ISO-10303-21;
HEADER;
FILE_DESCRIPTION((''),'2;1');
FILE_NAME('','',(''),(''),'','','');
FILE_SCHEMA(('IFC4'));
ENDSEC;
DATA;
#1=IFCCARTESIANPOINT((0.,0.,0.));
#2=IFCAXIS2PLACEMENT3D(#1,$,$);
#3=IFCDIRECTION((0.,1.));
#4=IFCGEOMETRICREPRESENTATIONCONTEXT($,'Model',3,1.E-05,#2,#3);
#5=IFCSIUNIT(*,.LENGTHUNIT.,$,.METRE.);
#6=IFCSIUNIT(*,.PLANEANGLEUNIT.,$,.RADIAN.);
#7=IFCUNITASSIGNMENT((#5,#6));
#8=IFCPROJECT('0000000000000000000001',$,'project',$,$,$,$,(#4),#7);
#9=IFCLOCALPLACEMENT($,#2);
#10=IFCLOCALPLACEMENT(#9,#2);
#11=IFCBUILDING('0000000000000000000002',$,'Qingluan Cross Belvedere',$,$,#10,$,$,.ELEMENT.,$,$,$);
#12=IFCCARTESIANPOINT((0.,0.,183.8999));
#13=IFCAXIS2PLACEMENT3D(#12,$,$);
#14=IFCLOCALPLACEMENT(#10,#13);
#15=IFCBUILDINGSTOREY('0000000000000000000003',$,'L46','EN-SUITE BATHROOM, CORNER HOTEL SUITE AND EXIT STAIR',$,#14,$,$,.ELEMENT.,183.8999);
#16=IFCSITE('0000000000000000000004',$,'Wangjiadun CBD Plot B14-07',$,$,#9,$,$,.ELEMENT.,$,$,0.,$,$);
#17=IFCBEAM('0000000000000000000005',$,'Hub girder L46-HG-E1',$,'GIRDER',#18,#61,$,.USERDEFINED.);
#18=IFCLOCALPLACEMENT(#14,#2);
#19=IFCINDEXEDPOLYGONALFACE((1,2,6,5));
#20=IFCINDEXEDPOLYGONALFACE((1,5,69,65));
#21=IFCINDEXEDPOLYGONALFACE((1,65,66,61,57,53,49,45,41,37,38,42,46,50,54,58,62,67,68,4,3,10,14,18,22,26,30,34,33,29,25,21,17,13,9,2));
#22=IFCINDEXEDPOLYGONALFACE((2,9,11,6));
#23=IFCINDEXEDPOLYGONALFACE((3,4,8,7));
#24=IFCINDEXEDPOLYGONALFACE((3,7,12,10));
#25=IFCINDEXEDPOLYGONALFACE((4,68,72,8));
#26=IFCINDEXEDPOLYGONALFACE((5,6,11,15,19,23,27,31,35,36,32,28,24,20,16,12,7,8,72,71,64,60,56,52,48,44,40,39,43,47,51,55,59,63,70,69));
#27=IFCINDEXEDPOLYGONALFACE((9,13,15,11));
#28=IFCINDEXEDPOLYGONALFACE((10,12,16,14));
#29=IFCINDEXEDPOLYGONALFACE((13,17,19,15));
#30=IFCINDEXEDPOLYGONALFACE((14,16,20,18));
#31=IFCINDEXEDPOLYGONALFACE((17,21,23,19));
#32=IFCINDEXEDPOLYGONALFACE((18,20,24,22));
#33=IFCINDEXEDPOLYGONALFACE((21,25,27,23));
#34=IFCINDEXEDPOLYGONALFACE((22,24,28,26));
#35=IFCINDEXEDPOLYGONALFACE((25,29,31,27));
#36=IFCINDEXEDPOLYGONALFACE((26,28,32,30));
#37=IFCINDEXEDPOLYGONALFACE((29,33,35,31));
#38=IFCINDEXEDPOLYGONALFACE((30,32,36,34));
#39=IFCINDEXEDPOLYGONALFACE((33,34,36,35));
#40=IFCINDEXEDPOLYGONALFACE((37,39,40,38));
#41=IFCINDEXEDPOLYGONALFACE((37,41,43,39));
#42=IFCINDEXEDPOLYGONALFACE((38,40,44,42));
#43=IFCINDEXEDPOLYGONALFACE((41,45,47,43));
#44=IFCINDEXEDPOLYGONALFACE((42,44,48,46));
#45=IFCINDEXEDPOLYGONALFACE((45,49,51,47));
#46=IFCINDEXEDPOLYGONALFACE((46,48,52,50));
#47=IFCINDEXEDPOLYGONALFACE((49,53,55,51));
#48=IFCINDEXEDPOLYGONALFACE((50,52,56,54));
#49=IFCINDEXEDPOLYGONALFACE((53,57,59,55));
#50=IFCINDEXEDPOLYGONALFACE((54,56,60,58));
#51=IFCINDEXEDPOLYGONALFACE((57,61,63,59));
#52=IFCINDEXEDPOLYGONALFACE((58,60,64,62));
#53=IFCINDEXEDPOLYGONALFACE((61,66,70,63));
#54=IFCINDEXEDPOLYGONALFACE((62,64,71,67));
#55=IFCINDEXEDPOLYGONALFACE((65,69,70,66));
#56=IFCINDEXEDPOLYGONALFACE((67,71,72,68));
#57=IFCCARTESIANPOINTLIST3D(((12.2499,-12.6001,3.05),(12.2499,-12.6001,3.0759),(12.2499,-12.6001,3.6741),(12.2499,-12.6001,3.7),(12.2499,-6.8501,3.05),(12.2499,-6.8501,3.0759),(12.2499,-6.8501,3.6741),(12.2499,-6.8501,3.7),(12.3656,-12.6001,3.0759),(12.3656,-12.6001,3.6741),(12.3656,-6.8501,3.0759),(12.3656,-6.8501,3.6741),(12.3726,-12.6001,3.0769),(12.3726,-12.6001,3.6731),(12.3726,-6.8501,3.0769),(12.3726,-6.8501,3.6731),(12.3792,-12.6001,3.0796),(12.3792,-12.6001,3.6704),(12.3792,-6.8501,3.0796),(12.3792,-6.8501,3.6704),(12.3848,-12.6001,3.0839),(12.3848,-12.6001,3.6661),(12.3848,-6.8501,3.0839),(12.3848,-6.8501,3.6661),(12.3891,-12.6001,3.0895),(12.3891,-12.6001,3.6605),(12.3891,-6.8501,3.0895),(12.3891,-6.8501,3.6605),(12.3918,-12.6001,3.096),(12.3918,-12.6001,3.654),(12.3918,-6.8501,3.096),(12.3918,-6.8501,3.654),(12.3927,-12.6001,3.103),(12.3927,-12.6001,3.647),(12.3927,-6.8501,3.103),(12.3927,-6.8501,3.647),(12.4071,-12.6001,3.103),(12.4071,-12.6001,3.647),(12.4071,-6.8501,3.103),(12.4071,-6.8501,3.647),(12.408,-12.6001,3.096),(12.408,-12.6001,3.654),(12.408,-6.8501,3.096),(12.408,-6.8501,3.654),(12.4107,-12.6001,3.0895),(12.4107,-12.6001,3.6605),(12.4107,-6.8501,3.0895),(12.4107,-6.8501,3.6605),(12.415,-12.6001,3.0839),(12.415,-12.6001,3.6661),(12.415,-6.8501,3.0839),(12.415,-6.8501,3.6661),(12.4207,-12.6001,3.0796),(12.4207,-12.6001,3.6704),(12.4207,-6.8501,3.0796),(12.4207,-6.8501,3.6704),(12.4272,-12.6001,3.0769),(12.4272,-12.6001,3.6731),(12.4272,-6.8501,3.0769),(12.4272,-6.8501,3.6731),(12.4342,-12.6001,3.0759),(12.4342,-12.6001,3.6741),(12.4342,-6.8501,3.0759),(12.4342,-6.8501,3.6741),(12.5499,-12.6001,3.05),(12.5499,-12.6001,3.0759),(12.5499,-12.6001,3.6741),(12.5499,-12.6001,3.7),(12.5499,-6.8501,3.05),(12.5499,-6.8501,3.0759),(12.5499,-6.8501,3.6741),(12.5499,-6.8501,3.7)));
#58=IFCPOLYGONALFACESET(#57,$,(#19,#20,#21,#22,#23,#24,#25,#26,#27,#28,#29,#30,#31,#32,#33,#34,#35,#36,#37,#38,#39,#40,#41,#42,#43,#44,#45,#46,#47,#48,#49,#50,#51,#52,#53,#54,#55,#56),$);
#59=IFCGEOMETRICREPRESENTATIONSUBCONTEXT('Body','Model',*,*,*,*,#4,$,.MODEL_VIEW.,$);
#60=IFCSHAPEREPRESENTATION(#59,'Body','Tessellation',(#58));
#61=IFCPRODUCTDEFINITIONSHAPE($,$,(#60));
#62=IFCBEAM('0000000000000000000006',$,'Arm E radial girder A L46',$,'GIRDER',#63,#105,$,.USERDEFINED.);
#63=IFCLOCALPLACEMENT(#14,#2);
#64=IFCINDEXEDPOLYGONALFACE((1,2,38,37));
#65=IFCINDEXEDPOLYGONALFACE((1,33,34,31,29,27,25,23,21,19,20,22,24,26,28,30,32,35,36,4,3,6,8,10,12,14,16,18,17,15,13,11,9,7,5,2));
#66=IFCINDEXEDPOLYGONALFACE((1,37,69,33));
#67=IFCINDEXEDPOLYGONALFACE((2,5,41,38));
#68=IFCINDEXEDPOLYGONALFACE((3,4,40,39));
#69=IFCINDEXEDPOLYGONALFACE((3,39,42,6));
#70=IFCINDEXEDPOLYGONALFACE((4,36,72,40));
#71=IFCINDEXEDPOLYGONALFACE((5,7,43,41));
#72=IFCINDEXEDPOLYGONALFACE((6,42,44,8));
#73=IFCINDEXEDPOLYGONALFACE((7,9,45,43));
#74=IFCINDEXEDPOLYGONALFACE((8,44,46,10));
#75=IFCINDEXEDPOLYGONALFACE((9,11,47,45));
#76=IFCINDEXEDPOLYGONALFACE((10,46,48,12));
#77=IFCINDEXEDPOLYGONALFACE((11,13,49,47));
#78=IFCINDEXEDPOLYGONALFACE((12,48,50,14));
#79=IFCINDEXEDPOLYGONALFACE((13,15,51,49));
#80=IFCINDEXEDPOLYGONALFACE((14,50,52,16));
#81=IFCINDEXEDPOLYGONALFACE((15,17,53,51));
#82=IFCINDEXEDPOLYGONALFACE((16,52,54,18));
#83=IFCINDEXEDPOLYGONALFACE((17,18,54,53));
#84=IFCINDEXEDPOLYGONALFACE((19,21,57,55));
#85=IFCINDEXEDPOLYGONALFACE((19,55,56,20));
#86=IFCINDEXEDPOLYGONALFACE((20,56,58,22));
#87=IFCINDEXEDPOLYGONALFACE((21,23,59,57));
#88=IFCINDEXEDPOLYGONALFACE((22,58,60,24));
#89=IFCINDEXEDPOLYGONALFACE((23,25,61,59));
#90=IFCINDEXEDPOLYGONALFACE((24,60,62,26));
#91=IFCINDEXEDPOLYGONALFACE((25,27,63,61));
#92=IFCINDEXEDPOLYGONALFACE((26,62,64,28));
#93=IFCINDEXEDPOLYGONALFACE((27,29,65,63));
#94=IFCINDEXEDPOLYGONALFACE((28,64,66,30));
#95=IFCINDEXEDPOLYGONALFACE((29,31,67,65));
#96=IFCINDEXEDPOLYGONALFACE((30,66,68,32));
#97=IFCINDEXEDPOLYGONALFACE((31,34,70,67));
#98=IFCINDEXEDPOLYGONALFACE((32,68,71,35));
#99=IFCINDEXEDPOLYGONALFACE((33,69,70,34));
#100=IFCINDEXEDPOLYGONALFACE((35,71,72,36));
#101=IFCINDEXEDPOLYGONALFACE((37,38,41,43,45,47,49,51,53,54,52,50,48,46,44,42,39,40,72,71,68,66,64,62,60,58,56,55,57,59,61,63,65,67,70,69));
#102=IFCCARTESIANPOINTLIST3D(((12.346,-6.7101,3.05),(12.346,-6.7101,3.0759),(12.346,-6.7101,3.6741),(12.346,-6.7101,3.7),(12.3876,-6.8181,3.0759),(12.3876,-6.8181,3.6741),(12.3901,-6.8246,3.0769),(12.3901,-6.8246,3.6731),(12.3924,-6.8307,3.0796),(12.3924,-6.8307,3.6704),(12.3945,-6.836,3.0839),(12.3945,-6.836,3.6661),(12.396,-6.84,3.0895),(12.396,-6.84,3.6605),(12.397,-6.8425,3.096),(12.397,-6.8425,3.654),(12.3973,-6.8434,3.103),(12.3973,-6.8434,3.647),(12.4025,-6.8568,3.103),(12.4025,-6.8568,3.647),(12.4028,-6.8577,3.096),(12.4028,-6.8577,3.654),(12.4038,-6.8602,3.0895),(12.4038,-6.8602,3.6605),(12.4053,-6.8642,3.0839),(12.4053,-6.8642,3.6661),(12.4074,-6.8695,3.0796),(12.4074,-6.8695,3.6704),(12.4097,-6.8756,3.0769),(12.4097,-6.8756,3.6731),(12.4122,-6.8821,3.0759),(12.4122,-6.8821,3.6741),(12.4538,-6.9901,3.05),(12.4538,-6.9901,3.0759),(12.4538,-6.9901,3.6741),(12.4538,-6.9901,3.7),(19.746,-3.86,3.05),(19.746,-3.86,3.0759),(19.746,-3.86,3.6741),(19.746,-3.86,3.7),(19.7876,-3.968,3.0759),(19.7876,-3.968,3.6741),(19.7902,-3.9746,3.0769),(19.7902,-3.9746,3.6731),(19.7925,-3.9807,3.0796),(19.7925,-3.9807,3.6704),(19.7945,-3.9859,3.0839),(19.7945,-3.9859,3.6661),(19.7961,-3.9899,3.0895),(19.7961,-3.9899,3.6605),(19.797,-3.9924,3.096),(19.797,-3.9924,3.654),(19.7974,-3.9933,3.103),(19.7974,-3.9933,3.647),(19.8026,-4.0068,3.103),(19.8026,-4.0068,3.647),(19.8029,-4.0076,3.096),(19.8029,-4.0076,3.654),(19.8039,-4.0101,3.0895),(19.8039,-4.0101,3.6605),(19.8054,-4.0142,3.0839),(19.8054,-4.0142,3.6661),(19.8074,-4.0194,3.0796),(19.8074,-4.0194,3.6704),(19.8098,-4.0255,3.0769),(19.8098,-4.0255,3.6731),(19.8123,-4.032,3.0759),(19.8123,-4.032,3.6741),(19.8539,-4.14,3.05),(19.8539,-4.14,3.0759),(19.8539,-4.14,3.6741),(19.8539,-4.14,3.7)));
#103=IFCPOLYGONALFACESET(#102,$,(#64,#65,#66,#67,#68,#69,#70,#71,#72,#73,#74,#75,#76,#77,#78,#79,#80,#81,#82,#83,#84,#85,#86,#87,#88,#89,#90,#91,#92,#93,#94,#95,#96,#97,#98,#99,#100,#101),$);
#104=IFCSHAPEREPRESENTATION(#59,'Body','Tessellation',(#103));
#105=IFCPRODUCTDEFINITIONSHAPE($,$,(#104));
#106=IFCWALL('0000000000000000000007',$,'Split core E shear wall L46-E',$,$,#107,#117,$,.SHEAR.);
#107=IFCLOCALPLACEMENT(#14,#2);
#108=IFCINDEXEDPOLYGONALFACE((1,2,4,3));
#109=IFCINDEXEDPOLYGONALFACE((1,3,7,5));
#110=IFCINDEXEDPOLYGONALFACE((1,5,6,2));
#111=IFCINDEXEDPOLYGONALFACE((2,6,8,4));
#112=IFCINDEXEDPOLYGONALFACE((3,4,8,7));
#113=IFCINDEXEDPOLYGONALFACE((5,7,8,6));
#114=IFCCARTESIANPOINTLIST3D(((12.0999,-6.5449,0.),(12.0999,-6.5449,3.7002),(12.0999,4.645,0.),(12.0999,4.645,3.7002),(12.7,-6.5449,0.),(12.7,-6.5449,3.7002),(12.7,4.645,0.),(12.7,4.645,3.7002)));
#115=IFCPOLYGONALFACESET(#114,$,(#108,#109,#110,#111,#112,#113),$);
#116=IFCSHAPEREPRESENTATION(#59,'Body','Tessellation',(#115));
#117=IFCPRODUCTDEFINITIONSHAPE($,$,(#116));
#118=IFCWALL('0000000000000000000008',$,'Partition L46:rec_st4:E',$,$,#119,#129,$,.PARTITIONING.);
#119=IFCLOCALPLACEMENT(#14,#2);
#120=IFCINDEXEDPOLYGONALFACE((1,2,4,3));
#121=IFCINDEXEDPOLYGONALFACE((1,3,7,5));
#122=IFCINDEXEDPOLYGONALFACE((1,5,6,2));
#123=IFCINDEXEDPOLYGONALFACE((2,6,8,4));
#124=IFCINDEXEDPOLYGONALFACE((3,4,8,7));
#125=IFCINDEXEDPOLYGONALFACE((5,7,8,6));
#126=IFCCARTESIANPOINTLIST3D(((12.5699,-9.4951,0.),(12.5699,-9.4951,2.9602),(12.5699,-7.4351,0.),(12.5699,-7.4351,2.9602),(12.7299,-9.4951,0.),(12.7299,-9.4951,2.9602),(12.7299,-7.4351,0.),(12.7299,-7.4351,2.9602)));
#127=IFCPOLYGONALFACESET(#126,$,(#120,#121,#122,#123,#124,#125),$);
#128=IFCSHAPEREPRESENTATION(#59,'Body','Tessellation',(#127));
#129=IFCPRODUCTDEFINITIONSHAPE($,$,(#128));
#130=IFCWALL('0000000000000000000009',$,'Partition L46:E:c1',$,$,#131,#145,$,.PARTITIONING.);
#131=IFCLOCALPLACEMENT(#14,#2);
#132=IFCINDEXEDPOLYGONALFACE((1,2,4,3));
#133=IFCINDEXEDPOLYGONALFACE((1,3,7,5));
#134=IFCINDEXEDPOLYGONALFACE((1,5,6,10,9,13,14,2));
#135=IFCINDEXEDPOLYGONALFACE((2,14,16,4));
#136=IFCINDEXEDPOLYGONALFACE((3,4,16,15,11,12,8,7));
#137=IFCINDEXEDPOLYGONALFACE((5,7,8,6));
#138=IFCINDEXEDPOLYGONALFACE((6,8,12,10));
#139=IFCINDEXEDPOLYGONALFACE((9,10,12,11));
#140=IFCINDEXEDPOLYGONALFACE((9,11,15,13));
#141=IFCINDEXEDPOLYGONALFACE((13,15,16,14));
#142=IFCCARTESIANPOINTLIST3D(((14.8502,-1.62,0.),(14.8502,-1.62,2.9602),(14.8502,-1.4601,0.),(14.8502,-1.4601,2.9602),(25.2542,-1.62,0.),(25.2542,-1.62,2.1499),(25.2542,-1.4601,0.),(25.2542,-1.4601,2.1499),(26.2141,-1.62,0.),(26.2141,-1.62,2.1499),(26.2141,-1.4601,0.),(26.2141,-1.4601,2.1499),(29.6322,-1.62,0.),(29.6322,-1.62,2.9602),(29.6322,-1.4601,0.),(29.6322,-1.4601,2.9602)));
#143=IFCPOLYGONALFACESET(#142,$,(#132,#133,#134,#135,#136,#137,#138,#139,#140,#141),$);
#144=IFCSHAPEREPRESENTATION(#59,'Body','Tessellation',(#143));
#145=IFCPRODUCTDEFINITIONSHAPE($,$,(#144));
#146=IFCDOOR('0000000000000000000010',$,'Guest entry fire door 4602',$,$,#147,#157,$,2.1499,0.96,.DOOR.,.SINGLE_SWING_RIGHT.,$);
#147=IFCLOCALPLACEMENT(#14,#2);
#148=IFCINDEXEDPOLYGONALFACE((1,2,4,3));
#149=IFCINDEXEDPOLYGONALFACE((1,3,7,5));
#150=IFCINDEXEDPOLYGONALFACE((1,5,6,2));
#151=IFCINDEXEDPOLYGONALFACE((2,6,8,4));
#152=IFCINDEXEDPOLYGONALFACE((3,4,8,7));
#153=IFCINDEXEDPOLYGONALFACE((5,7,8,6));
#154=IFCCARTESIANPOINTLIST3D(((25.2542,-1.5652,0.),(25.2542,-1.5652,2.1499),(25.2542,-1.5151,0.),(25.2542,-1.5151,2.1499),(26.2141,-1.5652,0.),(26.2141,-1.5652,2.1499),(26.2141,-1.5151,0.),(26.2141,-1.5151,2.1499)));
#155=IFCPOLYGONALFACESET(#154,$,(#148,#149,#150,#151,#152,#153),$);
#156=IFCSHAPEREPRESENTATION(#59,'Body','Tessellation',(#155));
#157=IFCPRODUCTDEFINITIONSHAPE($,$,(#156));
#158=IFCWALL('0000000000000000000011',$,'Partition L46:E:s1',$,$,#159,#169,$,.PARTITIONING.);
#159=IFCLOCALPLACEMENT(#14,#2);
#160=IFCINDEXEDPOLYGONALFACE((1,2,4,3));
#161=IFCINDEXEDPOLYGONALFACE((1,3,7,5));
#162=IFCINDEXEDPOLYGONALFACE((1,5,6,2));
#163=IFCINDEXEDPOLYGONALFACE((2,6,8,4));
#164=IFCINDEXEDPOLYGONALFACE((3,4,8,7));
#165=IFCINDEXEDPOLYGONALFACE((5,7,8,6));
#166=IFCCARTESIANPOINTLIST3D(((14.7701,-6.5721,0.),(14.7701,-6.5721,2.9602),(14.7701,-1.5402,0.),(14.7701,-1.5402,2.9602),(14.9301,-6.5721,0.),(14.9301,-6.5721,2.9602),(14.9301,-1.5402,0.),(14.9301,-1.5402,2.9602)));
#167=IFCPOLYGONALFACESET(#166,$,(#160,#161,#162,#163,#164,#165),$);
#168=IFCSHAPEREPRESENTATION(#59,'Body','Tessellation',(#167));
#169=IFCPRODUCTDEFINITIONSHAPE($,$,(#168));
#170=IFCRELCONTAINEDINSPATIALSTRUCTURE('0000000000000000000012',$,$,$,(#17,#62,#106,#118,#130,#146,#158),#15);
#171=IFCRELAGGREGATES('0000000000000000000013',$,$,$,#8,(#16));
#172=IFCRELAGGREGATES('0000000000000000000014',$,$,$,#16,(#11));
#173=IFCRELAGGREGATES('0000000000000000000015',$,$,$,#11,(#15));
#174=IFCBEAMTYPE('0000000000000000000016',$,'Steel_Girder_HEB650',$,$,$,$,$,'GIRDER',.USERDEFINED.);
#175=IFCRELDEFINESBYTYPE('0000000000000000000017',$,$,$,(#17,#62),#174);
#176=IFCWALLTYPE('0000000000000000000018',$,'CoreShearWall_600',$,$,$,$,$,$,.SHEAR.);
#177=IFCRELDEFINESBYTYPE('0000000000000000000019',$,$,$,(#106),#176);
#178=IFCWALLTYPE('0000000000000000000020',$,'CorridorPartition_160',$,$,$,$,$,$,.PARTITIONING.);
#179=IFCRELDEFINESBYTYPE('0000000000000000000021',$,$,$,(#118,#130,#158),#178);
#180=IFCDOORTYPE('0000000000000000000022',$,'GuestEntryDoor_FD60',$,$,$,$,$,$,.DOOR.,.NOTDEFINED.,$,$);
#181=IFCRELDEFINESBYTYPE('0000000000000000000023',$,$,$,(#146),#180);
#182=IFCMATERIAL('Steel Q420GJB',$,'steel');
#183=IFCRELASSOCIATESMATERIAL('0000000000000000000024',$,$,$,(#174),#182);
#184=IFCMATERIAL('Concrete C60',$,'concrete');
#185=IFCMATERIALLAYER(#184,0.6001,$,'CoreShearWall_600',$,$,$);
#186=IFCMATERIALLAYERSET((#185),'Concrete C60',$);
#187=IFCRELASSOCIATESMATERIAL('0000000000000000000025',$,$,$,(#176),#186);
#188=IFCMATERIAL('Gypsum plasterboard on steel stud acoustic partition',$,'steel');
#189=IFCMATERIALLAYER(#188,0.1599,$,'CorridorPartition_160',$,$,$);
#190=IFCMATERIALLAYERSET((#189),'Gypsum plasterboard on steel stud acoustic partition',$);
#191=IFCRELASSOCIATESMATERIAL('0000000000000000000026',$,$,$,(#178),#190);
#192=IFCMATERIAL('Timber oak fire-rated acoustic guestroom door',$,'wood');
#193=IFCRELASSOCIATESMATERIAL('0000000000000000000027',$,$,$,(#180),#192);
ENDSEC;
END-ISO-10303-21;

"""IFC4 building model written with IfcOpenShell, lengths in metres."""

from ifc_helpers import new_model, si_unit, direction, frame, frame_2d, origin, origin_2d, place, context, subcontext, project, spatial, rectangle, i_section, extrude, material, layer, layer_set, material_profile, profile_set, type_object, element, fill, save


model = new_model("IFC4")

# Units and contexts
model_context = context("Model", 3, precision=1e-05, world=origin(), true_north=direction((0.0, 1.0)))
body_context = subcontext(model_context, "Body", "Model", "MODEL_VIEW")
ifc_project = project(units=[si_unit("LENGTHUNIT", "METRE"), si_unit("PLANEANGLEUNIT", "RADIAN")], contexts=[model_context])

# Site, building, storey
site_placement = place(None, origin())
site = spatial("IfcSite", under=ifc_project, at=site_placement, Name="Wangjiadun CBD Plot B14-07", CompositionType="ELEMENT", RefElevation=0.0)
building_placement = place(site_placement, origin())
building = spatial("IfcBuilding", under=site, at=building_placement, Name="Qingluan Cross Belvedere", CompositionType="ELEMENT")
storey_placement = place(building_placement, frame((0.0, 0.0, 183.8999)))
storey = spatial("IfcBuildingStorey", under=building, at=storey_placement, Name="L46", Description="EN-SUITE BATHROOM, CORNER HOTEL SUITE AND EXIT STAIR", CompositionType="ELEMENT", Elevation=183.8999)

# Beams
ifc_material_1 = material(Name="Steel Q420GJB", Category="steel")
ifc_material_profile_1 = material_profile(ifc_material_1, i_section(OverallWidth=0.3, OverallDepth=0.6499, WebThickness=0.0144, FlangeThickness=0.0259, FilletRadius=0.0271, at=origin_2d()), Name="HEB650")
ifc_profile_set_1 = profile_set([ifc_material_profile_1], Name="Steel Q420GJB")
beam_type_1 = type_object("IfcBeamType", Name="Steel_Girder_HEB650", ElementType="GIRDER", PredefinedType="USERDEFINED", material=ifc_profile_set_1)
beam_1_placement = place(storey_placement, frame((12.3999, -12.6001, 3.375), z_axis=(0.0, 1.0, 0.0), x_axis=(-1.0, 0.0, 0.0)))
element("IfcBeam", 1, at=beam_1_placement, inside=storey, type_object=beam_type_1, Name="Hub girder L46-HG-E1", ObjectType="GIRDER", PredefinedType="USERDEFINED", context=body_context, shape_type="SweptSolid", body=[
    extrude(i_section(OverallWidth=0.3, OverallDepth=0.6499, WebThickness=0.0144, FlangeThickness=0.0259, FilletRadius=0.0271, at=origin_2d()), origin(), (0.0, 0.0, 1.0), 5.75),
])
beam_2_placement = place(storey_placement, frame((12.3999, -6.8501, 3.375), z_axis=(0.933181, 0.359406, 0.0), x_axis=(-0.359406, 0.933181, 0.0)))
element("IfcBeam", 2, at=beam_2_placement, inside=storey, type_object=beam_type_1, Name="Arm E radial girder A L46", ObjectType="GIRDER", PredefinedType="USERDEFINED", context=body_context, shape_type="SweptSolid", body=[
    extrude(i_section(OverallWidth=0.3, OverallDepth=0.6499, WebThickness=0.0144, FlangeThickness=0.0259, FilletRadius=0.0271, at=origin_2d()), origin(), (0.0, 0.0, 1.0), 7.9299),
])

# Walls
ifc_material_2 = material(Name="Concrete C60", Category="concrete")
ifc_layer_1 = layer(ifc_material_2, 0.6001, Name="CoreShearWall_600")
ifc_layer_set_1 = layer_set([ifc_layer_1], Name="Concrete C60")
wall_type_1 = type_object("IfcWallType", Name="CoreShearWall_600", PredefinedType="SHEAR", material=ifc_layer_set_1)
wall_1_placement = place(storey_placement, frame((12.3999, -6.5449, 0.0), z_axis=(0.0, 0.0, 1.0), x_axis=(0.0, 1.0, 0.0)))
element("IfcWall", 3, at=wall_1_placement, inside=storey, type_object=wall_type_1, Name="Split core E shear wall L46-E", PredefinedType="SHEAR", context=body_context, shape_type="SweptSolid", body=[
    extrude(rectangle(XDim=11.1899, YDim=0.6001, at=frame_2d((5.595, 0.0))), origin(), (0.0, 0.0, 1.0), 3.7002),
])
ifc_material_3 = material(Name="Gypsum plasterboard on steel stud acoustic partition", Category="steel")
ifc_layer_2 = layer(ifc_material_3, 0.1599, Name="CorridorPartition_160")
ifc_layer_set_2 = layer_set([ifc_layer_2], Name="Gypsum plasterboard on steel stud acoustic partition")
wall_type_2 = type_object("IfcWallType", Name="CorridorPartition_160", PredefinedType="PARTITIONING", material=ifc_layer_set_2)
wall_2_placement = place(storey_placement, frame((12.6499, -9.4951, 0.0), z_axis=(0.0, 0.0, 1.0), x_axis=(0.0, 1.0, 0.0)))
element("IfcWall", 4, at=wall_2_placement, inside=storey, type_object=wall_type_2, Name="Partition L46:rec_st4:E", PredefinedType="PARTITIONING", context=body_context, shape_type="SweptSolid", body=[
    extrude(rectangle(XDim=2.0601, YDim=0.1599, at=frame_2d((1.03, 0.0))), origin(), (0.0, 0.0, 1.0), 2.9602),
])

# Wall, opening, door
wall_3_placement = place(storey_placement, frame((14.8501, -1.54, 0.0), z_axis=(0.0, 0.0, 1.0), x_axis=(1.0, 0.0, 0.0)))
wall_3 = element("IfcWall", 5, at=wall_3_placement, inside=storey, type_object=wall_type_2, Name="Partition L46:E:c1", PredefinedType="PARTITIONING", context=body_context, shape_type="SweptSolid", body=[
    extrude(rectangle(XDim=14.782, YDim=0.1599, at=frame_2d((7.3911, 0.0))), origin(), (0.0, 0.0, 1.0), 2.9602),
])
opening_1_placement = place(wall_3_placement, frame((10.4041, 0.0, 0.0)))
opening_1 = element("IfcOpeningElement", 6, at=opening_1_placement, cuts=wall_3, PredefinedType="OPENING", context=body_context, shape_type="SweptSolid", body=[
    extrude(rectangle(XDim=0.96, YDim=2.1499, at=frame_2d((0.48, 1.075))), frame((0.0, 0.0898, 0.0), z_axis=(0.0, -1.0, 0.0), x_axis=(1.0, 0.0, 0.0)), (0.0, 0.0, 1.0), 0.1799),
])
ifc_material_4 = material(Name="Timber oak fire-rated acoustic guestroom door", Category="wood")
door_type_1 = type_object("IfcDoorType", Name="GuestEntryDoor_FD60", OperationType="NOTDEFINED", PredefinedType="DOOR", material=ifc_material_4)
door_1_placement = place(opening_1_placement, origin())
door_1 = element("IfcDoor", 7, at=door_1_placement, inside=storey, type_object=door_type_1, Name="Guest entry fire door 4602", OperationType="SINGLE_SWING_RIGHT", OverallHeight=2.1499, OverallWidth=0.96, PredefinedType="DOOR", context=body_context, shape_type="SweptSolid", body=[
    extrude(rectangle(XDim=0.96, YDim=2.1499, at=frame_2d((0.48, 1.075))), frame((0.0, 0.0249, 0.0), z_axis=(0.0, -1.0, 0.0), x_axis=(1.0, 0.0, 0.0)), (0.0, 0.0, 1.0), 0.05),
])
fill(opening_1, door_1)

# Wall
wall_4_placement = place(storey_placement, frame((14.8501, -1.54, 0.0), z_axis=(0.0, 0.0, 1.0), x_axis=(0.0, -1.0, 0.0)))
element("IfcWall", 8, at=wall_4_placement, inside=storey, type_object=wall_type_2, Name="Partition L46:E:s1", PredefinedType="PARTITIONING", context=body_context, shape_type="SweptSolid", body=[
    extrude(rectangle(XDim=5.032, YDim=0.1599, at=frame_2d((2.5161, 0.0))), origin(), (0.0, 0.0, 1.0), 2.9602),
])

save(model, "model.ifc")
